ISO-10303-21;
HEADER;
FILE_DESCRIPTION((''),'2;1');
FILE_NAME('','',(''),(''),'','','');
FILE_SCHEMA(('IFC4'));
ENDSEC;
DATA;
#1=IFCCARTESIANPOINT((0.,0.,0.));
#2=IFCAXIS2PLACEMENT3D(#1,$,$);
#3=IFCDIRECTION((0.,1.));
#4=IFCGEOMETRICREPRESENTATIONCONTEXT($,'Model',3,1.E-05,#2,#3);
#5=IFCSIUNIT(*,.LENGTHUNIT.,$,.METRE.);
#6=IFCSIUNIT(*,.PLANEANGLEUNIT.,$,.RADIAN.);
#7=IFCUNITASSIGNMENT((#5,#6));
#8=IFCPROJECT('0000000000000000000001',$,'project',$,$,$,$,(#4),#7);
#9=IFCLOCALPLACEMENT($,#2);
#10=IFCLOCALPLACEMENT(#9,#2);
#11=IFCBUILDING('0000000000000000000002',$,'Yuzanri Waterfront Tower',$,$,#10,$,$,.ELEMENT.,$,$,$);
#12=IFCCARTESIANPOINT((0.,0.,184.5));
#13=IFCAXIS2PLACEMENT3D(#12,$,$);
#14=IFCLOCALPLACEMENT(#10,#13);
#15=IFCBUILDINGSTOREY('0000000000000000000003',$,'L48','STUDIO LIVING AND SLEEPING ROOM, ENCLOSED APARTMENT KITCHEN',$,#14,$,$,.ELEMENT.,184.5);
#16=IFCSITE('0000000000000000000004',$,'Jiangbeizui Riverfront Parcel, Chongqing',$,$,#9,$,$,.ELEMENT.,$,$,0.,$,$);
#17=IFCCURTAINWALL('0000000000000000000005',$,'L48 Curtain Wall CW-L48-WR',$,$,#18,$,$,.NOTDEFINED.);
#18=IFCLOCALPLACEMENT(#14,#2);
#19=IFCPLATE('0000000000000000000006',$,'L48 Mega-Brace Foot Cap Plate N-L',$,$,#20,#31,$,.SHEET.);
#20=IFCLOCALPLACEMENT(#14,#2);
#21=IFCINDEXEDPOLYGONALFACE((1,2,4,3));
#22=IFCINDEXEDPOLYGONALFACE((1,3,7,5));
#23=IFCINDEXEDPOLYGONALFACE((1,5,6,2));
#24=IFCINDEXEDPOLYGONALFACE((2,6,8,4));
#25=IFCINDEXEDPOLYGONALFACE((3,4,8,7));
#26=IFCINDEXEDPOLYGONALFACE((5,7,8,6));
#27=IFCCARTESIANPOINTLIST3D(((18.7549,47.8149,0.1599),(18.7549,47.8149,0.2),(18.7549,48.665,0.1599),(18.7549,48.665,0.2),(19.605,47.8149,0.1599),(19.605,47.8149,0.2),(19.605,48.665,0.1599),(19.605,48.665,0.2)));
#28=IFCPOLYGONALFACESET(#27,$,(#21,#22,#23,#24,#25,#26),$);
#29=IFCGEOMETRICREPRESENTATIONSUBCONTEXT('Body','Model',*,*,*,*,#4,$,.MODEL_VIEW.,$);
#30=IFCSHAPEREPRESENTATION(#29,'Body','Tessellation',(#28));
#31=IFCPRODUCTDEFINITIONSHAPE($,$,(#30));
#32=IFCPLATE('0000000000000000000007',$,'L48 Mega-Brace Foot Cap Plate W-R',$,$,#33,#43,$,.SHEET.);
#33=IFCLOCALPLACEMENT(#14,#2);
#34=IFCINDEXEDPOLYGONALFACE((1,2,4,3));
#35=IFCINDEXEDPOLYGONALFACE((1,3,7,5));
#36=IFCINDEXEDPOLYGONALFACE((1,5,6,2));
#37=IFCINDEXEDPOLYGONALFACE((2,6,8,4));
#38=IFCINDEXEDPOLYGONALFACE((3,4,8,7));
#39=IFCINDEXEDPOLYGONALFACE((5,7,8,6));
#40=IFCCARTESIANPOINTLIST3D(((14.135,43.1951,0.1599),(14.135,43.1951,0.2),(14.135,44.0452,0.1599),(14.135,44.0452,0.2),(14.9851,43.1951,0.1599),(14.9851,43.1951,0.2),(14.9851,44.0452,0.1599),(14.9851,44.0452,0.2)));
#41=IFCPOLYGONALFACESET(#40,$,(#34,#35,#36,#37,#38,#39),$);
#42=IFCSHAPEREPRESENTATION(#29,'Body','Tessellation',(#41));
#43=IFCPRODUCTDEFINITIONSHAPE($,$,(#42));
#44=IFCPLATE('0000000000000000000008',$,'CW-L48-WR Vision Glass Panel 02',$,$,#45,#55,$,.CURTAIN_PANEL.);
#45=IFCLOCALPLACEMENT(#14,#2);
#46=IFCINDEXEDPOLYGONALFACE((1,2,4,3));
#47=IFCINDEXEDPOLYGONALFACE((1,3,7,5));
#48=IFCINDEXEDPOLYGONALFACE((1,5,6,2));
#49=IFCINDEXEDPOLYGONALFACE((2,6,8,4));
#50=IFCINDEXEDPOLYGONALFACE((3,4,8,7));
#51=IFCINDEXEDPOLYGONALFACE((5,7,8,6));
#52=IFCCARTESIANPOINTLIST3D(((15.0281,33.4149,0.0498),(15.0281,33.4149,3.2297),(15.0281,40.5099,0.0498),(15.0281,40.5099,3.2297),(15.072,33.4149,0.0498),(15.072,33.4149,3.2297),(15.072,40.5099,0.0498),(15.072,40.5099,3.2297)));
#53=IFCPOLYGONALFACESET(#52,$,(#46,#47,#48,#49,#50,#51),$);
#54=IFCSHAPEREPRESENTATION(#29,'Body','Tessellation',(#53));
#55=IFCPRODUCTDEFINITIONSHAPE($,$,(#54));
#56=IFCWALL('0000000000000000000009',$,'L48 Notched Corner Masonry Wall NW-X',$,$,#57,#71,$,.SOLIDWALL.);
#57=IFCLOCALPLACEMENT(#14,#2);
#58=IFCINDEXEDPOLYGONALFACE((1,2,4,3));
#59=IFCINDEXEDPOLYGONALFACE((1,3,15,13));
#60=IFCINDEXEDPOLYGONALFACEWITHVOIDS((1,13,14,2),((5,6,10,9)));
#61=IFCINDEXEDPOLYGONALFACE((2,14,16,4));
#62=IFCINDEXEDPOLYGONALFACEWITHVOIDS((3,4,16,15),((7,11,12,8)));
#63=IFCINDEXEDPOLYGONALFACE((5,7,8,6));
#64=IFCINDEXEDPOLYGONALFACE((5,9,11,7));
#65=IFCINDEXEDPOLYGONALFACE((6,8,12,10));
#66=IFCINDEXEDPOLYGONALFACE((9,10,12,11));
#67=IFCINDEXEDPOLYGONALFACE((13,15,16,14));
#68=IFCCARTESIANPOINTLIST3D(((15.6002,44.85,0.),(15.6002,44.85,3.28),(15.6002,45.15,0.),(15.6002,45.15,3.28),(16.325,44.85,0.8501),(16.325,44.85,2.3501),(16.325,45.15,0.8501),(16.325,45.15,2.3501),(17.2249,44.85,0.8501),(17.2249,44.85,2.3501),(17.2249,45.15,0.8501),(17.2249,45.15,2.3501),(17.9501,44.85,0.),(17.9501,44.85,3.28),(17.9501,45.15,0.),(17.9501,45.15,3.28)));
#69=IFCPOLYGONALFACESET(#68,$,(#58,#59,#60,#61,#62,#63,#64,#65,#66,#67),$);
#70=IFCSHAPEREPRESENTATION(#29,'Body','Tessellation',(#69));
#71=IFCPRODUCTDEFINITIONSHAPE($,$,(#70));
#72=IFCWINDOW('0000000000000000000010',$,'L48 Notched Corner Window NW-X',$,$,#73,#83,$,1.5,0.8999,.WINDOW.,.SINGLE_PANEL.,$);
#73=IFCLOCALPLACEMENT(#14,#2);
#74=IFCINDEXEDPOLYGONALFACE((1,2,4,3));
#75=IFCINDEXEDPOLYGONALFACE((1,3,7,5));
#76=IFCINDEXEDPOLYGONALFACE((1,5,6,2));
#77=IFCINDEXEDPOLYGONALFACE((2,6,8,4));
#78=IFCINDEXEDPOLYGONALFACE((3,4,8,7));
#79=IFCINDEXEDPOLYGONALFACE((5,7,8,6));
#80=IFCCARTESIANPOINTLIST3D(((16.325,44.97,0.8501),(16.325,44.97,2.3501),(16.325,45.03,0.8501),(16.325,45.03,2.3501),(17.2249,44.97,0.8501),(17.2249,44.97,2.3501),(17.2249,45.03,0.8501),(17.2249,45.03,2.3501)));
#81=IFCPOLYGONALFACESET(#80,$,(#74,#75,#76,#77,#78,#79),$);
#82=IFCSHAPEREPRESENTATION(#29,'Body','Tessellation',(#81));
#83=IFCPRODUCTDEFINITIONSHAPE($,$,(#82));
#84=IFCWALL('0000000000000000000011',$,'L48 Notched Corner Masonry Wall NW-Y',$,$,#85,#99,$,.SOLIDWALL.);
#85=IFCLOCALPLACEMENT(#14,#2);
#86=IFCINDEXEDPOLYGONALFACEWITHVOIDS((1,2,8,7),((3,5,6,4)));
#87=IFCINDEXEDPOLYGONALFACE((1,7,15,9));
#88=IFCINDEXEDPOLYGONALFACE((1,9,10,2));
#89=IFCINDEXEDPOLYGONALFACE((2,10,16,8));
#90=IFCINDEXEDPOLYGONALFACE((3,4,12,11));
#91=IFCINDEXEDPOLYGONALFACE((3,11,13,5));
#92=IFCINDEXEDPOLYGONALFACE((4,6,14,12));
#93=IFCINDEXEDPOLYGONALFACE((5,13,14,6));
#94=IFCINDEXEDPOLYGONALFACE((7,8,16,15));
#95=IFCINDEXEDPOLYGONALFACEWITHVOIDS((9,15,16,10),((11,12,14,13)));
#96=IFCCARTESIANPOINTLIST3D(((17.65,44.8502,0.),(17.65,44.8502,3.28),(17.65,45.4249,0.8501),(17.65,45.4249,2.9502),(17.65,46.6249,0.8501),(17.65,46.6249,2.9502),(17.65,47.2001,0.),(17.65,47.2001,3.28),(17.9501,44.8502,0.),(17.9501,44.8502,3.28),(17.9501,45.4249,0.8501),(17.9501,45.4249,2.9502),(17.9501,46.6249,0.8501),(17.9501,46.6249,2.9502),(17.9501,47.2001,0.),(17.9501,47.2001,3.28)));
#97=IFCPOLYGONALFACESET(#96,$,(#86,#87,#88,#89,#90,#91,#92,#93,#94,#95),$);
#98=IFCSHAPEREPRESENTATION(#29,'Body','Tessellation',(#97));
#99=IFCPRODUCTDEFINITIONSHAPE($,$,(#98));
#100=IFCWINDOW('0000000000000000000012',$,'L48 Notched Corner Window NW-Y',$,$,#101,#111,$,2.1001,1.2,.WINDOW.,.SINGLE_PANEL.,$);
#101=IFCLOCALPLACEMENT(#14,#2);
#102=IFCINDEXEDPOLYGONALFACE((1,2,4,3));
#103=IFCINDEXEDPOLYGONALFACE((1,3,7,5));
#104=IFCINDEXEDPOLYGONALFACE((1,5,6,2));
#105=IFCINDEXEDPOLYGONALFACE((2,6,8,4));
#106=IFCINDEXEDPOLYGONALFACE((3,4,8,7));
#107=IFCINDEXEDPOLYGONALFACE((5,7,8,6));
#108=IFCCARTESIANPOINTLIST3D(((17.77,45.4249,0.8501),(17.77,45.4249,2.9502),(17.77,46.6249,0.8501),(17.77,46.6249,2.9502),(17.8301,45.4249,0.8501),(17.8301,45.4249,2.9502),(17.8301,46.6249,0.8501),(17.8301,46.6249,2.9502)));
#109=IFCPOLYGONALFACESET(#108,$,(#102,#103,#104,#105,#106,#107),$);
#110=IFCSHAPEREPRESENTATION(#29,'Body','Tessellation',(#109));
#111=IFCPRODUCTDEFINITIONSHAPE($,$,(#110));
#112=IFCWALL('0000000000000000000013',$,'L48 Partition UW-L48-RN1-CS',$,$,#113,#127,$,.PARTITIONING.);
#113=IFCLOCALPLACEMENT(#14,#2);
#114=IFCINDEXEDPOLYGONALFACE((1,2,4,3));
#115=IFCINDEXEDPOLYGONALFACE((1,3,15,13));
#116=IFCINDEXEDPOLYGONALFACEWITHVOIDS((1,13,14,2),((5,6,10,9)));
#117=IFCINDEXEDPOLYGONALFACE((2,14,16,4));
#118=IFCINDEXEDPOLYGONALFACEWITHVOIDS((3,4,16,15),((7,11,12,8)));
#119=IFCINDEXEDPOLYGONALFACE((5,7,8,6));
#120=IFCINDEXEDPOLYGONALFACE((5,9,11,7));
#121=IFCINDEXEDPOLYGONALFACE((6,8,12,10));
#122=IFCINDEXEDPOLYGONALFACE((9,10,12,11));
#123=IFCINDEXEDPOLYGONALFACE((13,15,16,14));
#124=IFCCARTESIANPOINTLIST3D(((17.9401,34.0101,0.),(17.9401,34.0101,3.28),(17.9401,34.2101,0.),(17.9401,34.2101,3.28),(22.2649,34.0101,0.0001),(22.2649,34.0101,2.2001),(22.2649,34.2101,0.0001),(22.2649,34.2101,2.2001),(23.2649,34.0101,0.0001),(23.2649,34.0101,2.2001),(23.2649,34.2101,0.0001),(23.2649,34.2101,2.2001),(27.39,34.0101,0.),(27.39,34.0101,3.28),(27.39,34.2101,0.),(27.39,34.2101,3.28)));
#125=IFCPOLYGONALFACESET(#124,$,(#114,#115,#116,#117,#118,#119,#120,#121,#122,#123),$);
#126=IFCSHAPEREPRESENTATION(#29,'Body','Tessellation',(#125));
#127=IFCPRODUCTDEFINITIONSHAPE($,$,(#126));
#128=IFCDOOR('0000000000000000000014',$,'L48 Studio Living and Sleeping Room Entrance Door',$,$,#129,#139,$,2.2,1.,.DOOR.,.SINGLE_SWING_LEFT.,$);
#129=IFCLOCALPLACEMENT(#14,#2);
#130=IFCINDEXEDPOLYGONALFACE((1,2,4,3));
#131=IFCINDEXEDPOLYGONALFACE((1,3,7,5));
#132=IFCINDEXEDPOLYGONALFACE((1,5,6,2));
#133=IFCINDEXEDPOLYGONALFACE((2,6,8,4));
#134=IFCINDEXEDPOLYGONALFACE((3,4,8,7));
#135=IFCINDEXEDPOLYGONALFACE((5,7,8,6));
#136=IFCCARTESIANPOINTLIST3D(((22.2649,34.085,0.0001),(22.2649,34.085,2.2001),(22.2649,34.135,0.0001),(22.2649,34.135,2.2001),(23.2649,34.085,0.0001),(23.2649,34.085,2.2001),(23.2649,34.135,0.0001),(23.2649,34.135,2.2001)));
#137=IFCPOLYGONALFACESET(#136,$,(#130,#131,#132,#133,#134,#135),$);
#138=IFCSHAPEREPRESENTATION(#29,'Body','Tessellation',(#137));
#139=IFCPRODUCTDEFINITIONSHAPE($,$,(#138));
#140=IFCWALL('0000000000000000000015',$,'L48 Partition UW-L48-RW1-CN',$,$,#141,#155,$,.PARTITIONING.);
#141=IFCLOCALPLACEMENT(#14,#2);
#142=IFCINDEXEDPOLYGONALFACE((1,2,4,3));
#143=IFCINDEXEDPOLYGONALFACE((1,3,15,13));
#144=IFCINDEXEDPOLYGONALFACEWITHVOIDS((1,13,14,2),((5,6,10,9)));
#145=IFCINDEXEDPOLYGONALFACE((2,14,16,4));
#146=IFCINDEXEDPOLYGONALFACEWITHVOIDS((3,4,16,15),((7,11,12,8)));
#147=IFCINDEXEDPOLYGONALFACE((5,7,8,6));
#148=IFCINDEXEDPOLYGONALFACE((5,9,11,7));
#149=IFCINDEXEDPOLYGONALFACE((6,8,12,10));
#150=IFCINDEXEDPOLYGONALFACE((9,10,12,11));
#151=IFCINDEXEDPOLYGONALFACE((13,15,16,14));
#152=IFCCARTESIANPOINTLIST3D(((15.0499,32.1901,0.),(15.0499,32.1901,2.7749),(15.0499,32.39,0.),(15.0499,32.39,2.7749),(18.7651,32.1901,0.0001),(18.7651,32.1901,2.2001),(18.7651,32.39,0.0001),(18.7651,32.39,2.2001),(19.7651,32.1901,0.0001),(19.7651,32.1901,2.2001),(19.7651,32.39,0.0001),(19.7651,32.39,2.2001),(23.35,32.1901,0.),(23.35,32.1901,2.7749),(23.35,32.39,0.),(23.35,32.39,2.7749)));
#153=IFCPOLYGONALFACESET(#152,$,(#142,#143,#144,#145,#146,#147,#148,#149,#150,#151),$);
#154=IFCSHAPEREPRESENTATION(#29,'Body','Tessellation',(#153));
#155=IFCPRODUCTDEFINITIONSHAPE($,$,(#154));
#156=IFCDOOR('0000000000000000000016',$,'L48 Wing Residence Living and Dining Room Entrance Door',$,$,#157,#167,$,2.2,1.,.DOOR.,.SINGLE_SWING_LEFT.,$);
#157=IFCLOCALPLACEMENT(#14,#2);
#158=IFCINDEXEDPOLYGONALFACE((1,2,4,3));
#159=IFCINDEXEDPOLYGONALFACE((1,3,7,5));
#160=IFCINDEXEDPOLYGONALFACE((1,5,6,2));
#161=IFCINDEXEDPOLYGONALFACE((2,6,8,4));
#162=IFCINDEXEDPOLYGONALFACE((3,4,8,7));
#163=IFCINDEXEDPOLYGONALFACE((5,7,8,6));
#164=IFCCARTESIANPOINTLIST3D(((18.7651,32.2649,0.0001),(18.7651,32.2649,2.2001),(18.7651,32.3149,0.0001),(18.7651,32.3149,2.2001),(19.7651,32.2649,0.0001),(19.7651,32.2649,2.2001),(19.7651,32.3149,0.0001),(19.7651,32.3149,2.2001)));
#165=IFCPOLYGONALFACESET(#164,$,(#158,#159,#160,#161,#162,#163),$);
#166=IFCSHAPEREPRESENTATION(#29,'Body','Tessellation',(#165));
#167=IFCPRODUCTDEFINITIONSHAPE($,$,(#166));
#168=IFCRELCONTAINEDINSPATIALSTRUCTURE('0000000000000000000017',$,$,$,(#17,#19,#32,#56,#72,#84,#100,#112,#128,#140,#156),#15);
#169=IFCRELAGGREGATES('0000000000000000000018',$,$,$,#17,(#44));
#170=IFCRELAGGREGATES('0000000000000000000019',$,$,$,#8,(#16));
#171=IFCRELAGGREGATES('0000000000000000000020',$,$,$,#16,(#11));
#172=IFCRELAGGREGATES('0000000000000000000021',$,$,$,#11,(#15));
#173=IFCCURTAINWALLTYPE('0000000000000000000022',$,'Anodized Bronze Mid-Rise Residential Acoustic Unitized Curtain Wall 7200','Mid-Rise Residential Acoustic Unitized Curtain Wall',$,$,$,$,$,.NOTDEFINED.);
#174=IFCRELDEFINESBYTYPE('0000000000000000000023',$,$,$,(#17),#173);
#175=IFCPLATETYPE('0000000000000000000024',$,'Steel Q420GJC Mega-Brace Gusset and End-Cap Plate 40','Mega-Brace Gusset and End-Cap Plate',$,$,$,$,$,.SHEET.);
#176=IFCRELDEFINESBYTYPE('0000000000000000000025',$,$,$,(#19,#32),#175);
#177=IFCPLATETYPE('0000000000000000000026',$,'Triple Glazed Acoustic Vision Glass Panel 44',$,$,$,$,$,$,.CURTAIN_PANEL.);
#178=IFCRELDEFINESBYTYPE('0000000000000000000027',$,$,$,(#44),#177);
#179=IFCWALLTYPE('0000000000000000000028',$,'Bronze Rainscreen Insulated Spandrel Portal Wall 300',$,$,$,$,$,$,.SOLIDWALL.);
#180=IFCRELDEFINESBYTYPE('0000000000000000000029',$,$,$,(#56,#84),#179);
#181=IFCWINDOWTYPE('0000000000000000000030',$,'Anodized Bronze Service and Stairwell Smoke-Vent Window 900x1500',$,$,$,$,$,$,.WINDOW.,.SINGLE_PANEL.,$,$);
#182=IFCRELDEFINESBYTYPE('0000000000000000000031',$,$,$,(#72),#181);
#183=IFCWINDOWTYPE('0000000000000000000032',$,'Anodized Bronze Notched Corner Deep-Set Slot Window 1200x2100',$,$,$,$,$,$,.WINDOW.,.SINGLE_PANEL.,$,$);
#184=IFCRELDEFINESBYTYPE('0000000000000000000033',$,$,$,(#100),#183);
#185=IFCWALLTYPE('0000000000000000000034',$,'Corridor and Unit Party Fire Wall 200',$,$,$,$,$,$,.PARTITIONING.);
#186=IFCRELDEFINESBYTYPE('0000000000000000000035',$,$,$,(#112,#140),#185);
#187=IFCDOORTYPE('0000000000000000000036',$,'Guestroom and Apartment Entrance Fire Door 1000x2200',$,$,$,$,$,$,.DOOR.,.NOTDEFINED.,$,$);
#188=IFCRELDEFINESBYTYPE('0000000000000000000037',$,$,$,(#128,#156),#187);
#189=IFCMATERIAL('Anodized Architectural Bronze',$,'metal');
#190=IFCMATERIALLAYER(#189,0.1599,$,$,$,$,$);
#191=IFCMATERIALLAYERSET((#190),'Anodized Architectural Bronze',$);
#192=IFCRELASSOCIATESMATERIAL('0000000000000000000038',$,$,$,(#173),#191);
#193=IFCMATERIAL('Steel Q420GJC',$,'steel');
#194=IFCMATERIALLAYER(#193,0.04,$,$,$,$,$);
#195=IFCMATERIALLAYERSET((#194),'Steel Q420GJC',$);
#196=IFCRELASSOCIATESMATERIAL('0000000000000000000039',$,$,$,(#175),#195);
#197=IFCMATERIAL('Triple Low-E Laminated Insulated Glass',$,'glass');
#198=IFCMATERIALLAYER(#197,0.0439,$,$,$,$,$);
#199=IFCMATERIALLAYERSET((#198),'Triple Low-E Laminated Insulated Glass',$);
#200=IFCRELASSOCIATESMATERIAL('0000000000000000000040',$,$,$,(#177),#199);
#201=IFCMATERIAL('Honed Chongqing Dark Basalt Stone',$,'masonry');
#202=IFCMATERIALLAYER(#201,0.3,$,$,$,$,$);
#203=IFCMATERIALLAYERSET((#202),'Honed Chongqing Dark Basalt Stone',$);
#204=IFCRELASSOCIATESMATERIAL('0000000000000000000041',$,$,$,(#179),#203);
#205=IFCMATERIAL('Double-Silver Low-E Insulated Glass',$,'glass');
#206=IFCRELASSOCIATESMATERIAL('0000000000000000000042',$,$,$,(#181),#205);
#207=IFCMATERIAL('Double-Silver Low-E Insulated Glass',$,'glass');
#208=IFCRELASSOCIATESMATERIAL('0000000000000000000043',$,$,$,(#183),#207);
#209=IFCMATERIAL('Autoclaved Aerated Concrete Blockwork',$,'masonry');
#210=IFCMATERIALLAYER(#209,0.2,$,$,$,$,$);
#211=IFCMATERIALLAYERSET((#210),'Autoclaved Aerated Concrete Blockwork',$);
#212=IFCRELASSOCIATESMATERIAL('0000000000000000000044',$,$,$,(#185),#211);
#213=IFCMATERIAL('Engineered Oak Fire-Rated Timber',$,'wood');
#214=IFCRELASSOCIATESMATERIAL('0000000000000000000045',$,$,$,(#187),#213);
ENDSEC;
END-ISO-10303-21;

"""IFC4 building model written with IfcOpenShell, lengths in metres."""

from ifc_helpers import new_model, si_unit, direction, frame, frame_2d, origin, origin_2d, place, context, subcontext, project, spatial, rectangle, extrude, source, transform, mapped, material, layer, layer_set, type_object, element, fill, aggregate, save


model = new_model("IFC4")

# Units and contexts
model_context = context("Model", 3, precision=1e-05, world=origin(), true_north=direction((0.0, 1.0)))
body_context = subcontext(model_context, "Body", "Model", "MODEL_VIEW")
ifc_project = project(units=[si_unit("LENGTHUNIT", "METRE"), si_unit("PLANEANGLEUNIT", "RADIAN")], contexts=[model_context])

# Site, building, storey
site_placement = place(None, origin())
site = spatial("IfcSite", under=ifc_project, at=site_placement, Name="Jiangbeizui Riverfront Parcel, Chongqing", CompositionType="ELEMENT", RefElevation=0.0)
building_placement = place(site_placement, origin())
building = spatial("IfcBuilding", under=site, at=building_placement, Name="Yuzanri Waterfront Tower", CompositionType="ELEMENT")
storey_placement = place(building_placement, frame((0.0, 0.0, 184.5)))
storey = spatial("IfcBuildingStorey", under=building, at=storey_placement, Name="L48", Description="STUDIO LIVING AND SLEEPING ROOM, ENCLOSED APARTMENT KITCHEN", CompositionType="ELEMENT", Elevation=184.5)

# Curtain wall
ifc_material_1 = material(Name="Anodized Architectural Bronze", Category="metal")
ifc_layer_1 = layer(ifc_material_1, 0.1599)
ifc_layer_set_1 = layer_set([ifc_layer_1], Name="Anodized Architectural Bronze")
curtain_wall_type = type_object("IfcCurtainWallType", Name="Anodized Bronze Mid-Rise Residential Acoustic Unitized Curtain Wall 7200", Description="Mid-Rise Residential Acoustic Unitized Curtain Wall", PredefinedType="NOTDEFINED", material=ifc_layer_set_1)
curtain_wall_placement = place(storey_placement, origin())
curtain_wall = element("IfcCurtainWall", 1, at=curtain_wall_placement, inside=storey, type_object=curtain_wall_type, Name="L48 Curtain Wall CW-L48-WR", PredefinedType="NOTDEFINED")

# Plates
ifc_material_2 = material(Name="Steel Q420GJC", Category="steel")
ifc_layer_2 = layer(ifc_material_2, 0.04)
ifc_layer_set_2 = layer_set([ifc_layer_2], Name="Steel Q420GJC")
plate_type_1 = type_object("IfcPlateType", Name="Steel Q420GJC Mega-Brace Gusset and End-Cap Plate 40", Description="Mega-Brace Gusset and End-Cap Plate", PredefinedType="SHEET", material=ifc_layer_set_2)
shared_shape_1 = source(origin(), body_context, "Body", "SweptSolid", [
    extrude(rectangle(XDim=0.8501, YDim=0.8501, at=origin_2d()), origin(), (0.0, 0.0, 1.0), 0.04),
])
for number, where, z_axis, x_axis, name in (
    (2, (19.1799, 48.24, 0.1599), (0.0, 0.0, 1.0), (1.0, 0.0, 0.0), "L48 Mega-Brace Foot Cap Plate N-L"),
    (3, (14.5601, 43.6201, 0.1599), (0.0, 0.0, 1.0), (1.0, 0.0, 0.0), "L48 Mega-Brace Foot Cap Plate W-R"),
):
    element("IfcPlate", number, at=place(storey_placement, frame(where, z_axis=z_axis, x_axis=x_axis)), inside=storey, type_object=plate_type_1, Name=name, PredefinedType="SHEET", context=body_context, shape_type="MappedRepresentation", body=[
        mapped(shared_shape_1, transform((0.0, 0.0, 0.0), scale=1.0)),
    ])

# Plate
ifc_material_3 = material(Name="Triple Low-E Laminated Insulated Glass", Category="glass")
ifc_layer_3 = layer(ifc_material_3, 0.0439)
ifc_layer_set_3 = layer_set([ifc_layer_3], Name="Triple Low-E Laminated Insulated Glass")
plate_type_2 = type_object("IfcPlateType", Name="Triple Glazed Acoustic Vision Glass Panel 44", PredefinedType="CURTAIN_PANEL", material=ifc_layer_set_3)
shared_shape_2 = source(origin(), body_context, "Body", "SweptSolid", [
    extrude(rectangle(XDim=7.095, YDim=0.0439, at=origin_2d()), origin(), (0.0, 0.0, 1.0), 3.1799),
])
plate_placement = place(storey_placement, frame((15.05, 36.9624, 0.0498), z_axis=(0.0, 0.0, 1.0), x_axis=(0.0, 1.0, 0.0)))
plate = element("IfcPlate", 4, at=plate_placement, type_object=plate_type_2, Name="CW-L48-WR Vision Glass Panel 02", PredefinedType="CURTAIN_PANEL", context=body_context, shape_type="MappedRepresentation", body=[
    mapped(shared_shape_2, transform((0.0, 0.0, 0.0), scale=1.0)),
])
aggregate(curtain_wall, [plate])

# Walls, openings, windows
ifc_material_4 = material(Name="Honed Chongqing Dark Basalt Stone", Category="masonry")
ifc_layer_4 = layer(ifc_material_4, 0.3)
ifc_layer_set_4 = layer_set([ifc_layer_4], Name="Honed Chongqing Dark Basalt Stone")
wall_type_1 = type_object("IfcWallType", Name="Bronze Rainscreen Insulated Spandrel Portal Wall 300", PredefinedType="SOLIDWALL", material=ifc_layer_set_4)
wall_1_placement = place(storey_placement, frame((17.95, 45.0, 0.0), z_axis=(0.0, 0.0, 1.0), x_axis=(-1.0, 0.0, 0.0)))
wall_1 = element("IfcWall", 5, at=wall_1_placement, inside=storey, type_object=wall_type_1, Name="L48 Notched Corner Masonry Wall NW-X", PredefinedType="SOLIDWALL", context=body_context, shape_type="SweptSolid", body=[
    extrude(rectangle(XDim=2.3499, YDim=0.3, at=frame_2d((1.1748, 0.0))), origin(), (0.0, 0.0, 1.0), 3.28),
])
opening_1_placement = place(wall_1_placement, frame((0.7251, 0.0, 0.8501)))
opening_1 = element("IfcOpeningElement", 6, at=opening_1_placement, cuts=wall_1, PredefinedType="OPENING", context=body_context, shape_type="SweptSolid", body=[
    extrude(rectangle(XDim=0.8999, YDim=1.5, at=frame_2d((0.45, 0.75))), frame((0.0, 0.165, 0.0), z_axis=(0.0, -1.0, 0.0), x_axis=(1.0, 0.0, 0.0)), (0.0, 0.0, 1.0), 0.3298),
])
ifc_material_5 = material(Name="Double-Silver Low-E Insulated Glass", Category="glass")
window_type_1 = type_object("IfcWindowType", Name="Anodized Bronze Service and Stairwell Smoke-Vent Window 900x1500", PartitioningType="SINGLE_PANEL", PredefinedType="WINDOW", material=ifc_material_5)
shared_shape_3 = source(origin(), body_context, "Body", "SweptSolid", [
    extrude(rectangle(XDim=0.8999, YDim=1.5, at=frame_2d((0.45, 0.75))), frame((0.0, 0.03, 0.0), z_axis=(0.0, -1.0, 0.0), x_axis=(1.0, 0.0, 0.0)), (0.0, 0.0, 1.0), 0.0601),
])
window_1_placement = place(opening_1_placement, origin())
window_1 = element("IfcWindow", 7, at=window_1_placement, inside=storey, type_object=window_type_1, Name="L48 Notched Corner Window NW-X", OverallHeight=1.5, OverallWidth=0.8999, PartitioningType="SINGLE_PANEL", PredefinedType="WINDOW", context=body_context, shape_type="MappedRepresentation", body=[
    mapped(shared_shape_3, transform((0.0, 0.0, 0.0), scale=1.0)),
])
fill(opening_1, window_1)
wall_2_placement = place(storey_placement, frame((17.8, 47.2, 0.0), z_axis=(0.0, 0.0, 1.0), x_axis=(0.0, -1.0, 0.0)))
wall_2 = element("IfcWall", 8, at=wall_2_placement, inside=storey, type_object=wall_type_1, Name="L48 Notched Corner Masonry Wall NW-Y", PredefinedType="SOLIDWALL", context=body_context, shape_type="SweptSolid", body=[
    extrude(rectangle(XDim=2.3499, YDim=0.3, at=frame_2d((1.1748, 0.0))), origin(), (0.0, 0.0, 1.0), 3.28),
])
opening_2_placement = place(wall_2_placement, frame((0.575, 0.0, 0.8501)))
opening_2 = element("IfcOpeningElement", 9, at=opening_2_placement, cuts=wall_2, PredefinedType="OPENING", context=body_context, shape_type="SweptSolid", body=[
    extrude(rectangle(XDim=1.2, YDim=2.1001, at=frame_2d((0.6001, 1.05))), frame((0.0, 0.165, 0.0), z_axis=(0.0, -1.0, 0.0), x_axis=(1.0, 0.0, 0.0)), (0.0, 0.0, 1.0), 0.3298),
])
ifc_material_6 = material(Name="Double-Silver Low-E Insulated Glass", Category="glass")
window_type_2 = type_object("IfcWindowType", Name="Anodized Bronze Notched Corner Deep-Set Slot Window 1200x2100", PartitioningType="SINGLE_PANEL", PredefinedType="WINDOW", material=ifc_material_6)
shared_shape_4 = source(origin(), body_context, "Body", "SweptSolid", [
    extrude(rectangle(XDim=1.2, YDim=2.1001, at=frame_2d((0.6001, 1.05))), frame((0.0, 0.03, 0.0), z_axis=(0.0, -1.0, 0.0), x_axis=(1.0, 0.0, 0.0)), (0.0, 0.0, 1.0), 0.0601),
])
window_2_placement = place(opening_2_placement, origin())
window_2 = element("IfcWindow", 10, at=window_2_placement, inside=storey, type_object=window_type_2, Name="L48 Notched Corner Window NW-Y", OverallHeight=2.1001, OverallWidth=1.2, PartitioningType="SINGLE_PANEL", PredefinedType="WINDOW", context=body_context, shape_type="MappedRepresentation", body=[
    mapped(shared_shape_4, transform((0.0, 0.0, 0.0), scale=1.0)),
])
fill(opening_2, window_2)

# Walls, openings, doors
ifc_material_7 = material(Name="Autoclaved Aerated Concrete Blockwork", Category="masonry")
ifc_layer_5 = layer(ifc_material_7, 0.2)
ifc_layer_set_5 = layer_set([ifc_layer_5], Name="Autoclaved Aerated Concrete Blockwork")
wall_type_2 = type_object("IfcWallType", Name="Corridor and Unit Party Fire Wall 200", PredefinedType="PARTITIONING", material=ifc_layer_set_5)
wall_3_placement = place(storey_placement, frame((17.9399, 34.1101, 0.0), z_axis=(0.0, 0.0, 1.0), x_axis=(1.0, 0.0, 0.0)))
wall_3 = element("IfcWall", 11, at=wall_3_placement, inside=storey, type_object=wall_type_2, Name="L48 Partition UW-L48-RN1-CS", PredefinedType="PARTITIONING", context=body_context, shape_type="SweptSolid", body=[
    extrude(rectangle(XDim=9.45, YDim=0.2, at=frame_2d((4.7251, 0.0))), origin(), (0.0, 0.0, 1.0), 3.28),
])
opening_3_placement = place(wall_3_placement, frame((4.325, 0.0, 0.0)))
opening_3 = element("IfcOpeningElement", 12, at=opening_3_placement, cuts=wall_3, PredefinedType="OPENING", context=body_context, shape_type="SweptSolid", body=[
    extrude(rectangle(XDim=1.0, YDim=2.2, at=frame_2d((0.5, 1.1001))), frame((0.0, 0.1147, 0.0), z_axis=(0.0, -1.0, 0.0), x_axis=(1.0, 0.0, 0.0)), (0.0, 0.0, 1.0), 0.2297),
])
ifc_material_8 = material(Name="Engineered Oak Fire-Rated Timber", Category="wood")
door_type = type_object("IfcDoorType", Name="Guestroom and Apartment Entrance Fire Door 1000x2200", OperationType="NOTDEFINED", PredefinedType="DOOR", material=ifc_material_8)
shared_shape_5 = source(origin(), body_context, "Body", "SweptSolid", [
    extrude(rectangle(XDim=1.0, YDim=2.2, at=frame_2d((0.5, 1.1001))), frame((0.0, 0.0249, 0.0), z_axis=(0.0, -1.0, 0.0), x_axis=(1.0, 0.0, 0.0)), (0.0, 0.0, 1.0), 0.05),
])
door_1_placement = place(opening_3_placement, origin())
door_1 = element("IfcDoor", 13, at=door_1_placement, inside=storey, type_object=door_type, Name="L48 Studio Living and Sleeping Room Entrance Door", OperationType="SINGLE_SWING_LEFT", OverallHeight=2.2, OverallWidth=1.0, PredefinedType="DOOR", context=body_context, shape_type="MappedRepresentation", body=[
    mapped(shared_shape_5, transform((0.0, 0.0, 0.0), scale=1.0)),
])
fill(opening_3, door_1)
wall_4_placement = place(storey_placement, frame((15.05, 32.29, 0.0), z_axis=(0.0, 0.0, 1.0), x_axis=(1.0, 0.0, 0.0)))
wall_4 = element("IfcWall", 14, at=wall_4_placement, inside=storey, type_object=wall_type_2, Name="L48 Partition UW-L48-RW1-CN", PredefinedType="PARTITIONING", context=body_context, shape_type="SweptSolid", body=[
    extrude(rectangle(XDim=8.3, YDim=0.2, at=frame_2d((4.1499, 0.0))), origin(), (0.0, 0.0, 1.0), 2.7749),
])
opening_4_placement = place(wall_4_placement, frame((3.7151, 0.0, 0.0)))
opening_4 = element("IfcOpeningElement", 15, at=opening_4_placement, cuts=wall_4, PredefinedType="OPENING", context=body_context, shape_type="SweptSolid", body=[
    extrude(rectangle(XDim=1.0, YDim=2.2, at=frame_2d((0.5, 1.1001))), frame((0.0, 0.1147, 0.0), z_axis=(0.0, -1.0, 0.0), x_axis=(1.0, 0.0, 0.0)), (0.0, 0.0, 1.0), 0.2297),
])
door_2_placement = place(opening_4_placement, origin())
door_2 = element("IfcDoor", 16, at=door_2_placement, inside=storey, type_object=door_type, Name="L48 Wing Residence Living and Dining Room Entrance Door", OperationType="SINGLE_SWING_LEFT", OverallHeight=2.2, OverallWidth=1.0, PredefinedType="DOOR", context=body_context, shape_type="MappedRepresentation", body=[
    mapped(shared_shape_5, transform((0.0, 0.0, 0.0), scale=1.0)),
])
fill(opening_4, door_2)

save(model, "model.ifc")
